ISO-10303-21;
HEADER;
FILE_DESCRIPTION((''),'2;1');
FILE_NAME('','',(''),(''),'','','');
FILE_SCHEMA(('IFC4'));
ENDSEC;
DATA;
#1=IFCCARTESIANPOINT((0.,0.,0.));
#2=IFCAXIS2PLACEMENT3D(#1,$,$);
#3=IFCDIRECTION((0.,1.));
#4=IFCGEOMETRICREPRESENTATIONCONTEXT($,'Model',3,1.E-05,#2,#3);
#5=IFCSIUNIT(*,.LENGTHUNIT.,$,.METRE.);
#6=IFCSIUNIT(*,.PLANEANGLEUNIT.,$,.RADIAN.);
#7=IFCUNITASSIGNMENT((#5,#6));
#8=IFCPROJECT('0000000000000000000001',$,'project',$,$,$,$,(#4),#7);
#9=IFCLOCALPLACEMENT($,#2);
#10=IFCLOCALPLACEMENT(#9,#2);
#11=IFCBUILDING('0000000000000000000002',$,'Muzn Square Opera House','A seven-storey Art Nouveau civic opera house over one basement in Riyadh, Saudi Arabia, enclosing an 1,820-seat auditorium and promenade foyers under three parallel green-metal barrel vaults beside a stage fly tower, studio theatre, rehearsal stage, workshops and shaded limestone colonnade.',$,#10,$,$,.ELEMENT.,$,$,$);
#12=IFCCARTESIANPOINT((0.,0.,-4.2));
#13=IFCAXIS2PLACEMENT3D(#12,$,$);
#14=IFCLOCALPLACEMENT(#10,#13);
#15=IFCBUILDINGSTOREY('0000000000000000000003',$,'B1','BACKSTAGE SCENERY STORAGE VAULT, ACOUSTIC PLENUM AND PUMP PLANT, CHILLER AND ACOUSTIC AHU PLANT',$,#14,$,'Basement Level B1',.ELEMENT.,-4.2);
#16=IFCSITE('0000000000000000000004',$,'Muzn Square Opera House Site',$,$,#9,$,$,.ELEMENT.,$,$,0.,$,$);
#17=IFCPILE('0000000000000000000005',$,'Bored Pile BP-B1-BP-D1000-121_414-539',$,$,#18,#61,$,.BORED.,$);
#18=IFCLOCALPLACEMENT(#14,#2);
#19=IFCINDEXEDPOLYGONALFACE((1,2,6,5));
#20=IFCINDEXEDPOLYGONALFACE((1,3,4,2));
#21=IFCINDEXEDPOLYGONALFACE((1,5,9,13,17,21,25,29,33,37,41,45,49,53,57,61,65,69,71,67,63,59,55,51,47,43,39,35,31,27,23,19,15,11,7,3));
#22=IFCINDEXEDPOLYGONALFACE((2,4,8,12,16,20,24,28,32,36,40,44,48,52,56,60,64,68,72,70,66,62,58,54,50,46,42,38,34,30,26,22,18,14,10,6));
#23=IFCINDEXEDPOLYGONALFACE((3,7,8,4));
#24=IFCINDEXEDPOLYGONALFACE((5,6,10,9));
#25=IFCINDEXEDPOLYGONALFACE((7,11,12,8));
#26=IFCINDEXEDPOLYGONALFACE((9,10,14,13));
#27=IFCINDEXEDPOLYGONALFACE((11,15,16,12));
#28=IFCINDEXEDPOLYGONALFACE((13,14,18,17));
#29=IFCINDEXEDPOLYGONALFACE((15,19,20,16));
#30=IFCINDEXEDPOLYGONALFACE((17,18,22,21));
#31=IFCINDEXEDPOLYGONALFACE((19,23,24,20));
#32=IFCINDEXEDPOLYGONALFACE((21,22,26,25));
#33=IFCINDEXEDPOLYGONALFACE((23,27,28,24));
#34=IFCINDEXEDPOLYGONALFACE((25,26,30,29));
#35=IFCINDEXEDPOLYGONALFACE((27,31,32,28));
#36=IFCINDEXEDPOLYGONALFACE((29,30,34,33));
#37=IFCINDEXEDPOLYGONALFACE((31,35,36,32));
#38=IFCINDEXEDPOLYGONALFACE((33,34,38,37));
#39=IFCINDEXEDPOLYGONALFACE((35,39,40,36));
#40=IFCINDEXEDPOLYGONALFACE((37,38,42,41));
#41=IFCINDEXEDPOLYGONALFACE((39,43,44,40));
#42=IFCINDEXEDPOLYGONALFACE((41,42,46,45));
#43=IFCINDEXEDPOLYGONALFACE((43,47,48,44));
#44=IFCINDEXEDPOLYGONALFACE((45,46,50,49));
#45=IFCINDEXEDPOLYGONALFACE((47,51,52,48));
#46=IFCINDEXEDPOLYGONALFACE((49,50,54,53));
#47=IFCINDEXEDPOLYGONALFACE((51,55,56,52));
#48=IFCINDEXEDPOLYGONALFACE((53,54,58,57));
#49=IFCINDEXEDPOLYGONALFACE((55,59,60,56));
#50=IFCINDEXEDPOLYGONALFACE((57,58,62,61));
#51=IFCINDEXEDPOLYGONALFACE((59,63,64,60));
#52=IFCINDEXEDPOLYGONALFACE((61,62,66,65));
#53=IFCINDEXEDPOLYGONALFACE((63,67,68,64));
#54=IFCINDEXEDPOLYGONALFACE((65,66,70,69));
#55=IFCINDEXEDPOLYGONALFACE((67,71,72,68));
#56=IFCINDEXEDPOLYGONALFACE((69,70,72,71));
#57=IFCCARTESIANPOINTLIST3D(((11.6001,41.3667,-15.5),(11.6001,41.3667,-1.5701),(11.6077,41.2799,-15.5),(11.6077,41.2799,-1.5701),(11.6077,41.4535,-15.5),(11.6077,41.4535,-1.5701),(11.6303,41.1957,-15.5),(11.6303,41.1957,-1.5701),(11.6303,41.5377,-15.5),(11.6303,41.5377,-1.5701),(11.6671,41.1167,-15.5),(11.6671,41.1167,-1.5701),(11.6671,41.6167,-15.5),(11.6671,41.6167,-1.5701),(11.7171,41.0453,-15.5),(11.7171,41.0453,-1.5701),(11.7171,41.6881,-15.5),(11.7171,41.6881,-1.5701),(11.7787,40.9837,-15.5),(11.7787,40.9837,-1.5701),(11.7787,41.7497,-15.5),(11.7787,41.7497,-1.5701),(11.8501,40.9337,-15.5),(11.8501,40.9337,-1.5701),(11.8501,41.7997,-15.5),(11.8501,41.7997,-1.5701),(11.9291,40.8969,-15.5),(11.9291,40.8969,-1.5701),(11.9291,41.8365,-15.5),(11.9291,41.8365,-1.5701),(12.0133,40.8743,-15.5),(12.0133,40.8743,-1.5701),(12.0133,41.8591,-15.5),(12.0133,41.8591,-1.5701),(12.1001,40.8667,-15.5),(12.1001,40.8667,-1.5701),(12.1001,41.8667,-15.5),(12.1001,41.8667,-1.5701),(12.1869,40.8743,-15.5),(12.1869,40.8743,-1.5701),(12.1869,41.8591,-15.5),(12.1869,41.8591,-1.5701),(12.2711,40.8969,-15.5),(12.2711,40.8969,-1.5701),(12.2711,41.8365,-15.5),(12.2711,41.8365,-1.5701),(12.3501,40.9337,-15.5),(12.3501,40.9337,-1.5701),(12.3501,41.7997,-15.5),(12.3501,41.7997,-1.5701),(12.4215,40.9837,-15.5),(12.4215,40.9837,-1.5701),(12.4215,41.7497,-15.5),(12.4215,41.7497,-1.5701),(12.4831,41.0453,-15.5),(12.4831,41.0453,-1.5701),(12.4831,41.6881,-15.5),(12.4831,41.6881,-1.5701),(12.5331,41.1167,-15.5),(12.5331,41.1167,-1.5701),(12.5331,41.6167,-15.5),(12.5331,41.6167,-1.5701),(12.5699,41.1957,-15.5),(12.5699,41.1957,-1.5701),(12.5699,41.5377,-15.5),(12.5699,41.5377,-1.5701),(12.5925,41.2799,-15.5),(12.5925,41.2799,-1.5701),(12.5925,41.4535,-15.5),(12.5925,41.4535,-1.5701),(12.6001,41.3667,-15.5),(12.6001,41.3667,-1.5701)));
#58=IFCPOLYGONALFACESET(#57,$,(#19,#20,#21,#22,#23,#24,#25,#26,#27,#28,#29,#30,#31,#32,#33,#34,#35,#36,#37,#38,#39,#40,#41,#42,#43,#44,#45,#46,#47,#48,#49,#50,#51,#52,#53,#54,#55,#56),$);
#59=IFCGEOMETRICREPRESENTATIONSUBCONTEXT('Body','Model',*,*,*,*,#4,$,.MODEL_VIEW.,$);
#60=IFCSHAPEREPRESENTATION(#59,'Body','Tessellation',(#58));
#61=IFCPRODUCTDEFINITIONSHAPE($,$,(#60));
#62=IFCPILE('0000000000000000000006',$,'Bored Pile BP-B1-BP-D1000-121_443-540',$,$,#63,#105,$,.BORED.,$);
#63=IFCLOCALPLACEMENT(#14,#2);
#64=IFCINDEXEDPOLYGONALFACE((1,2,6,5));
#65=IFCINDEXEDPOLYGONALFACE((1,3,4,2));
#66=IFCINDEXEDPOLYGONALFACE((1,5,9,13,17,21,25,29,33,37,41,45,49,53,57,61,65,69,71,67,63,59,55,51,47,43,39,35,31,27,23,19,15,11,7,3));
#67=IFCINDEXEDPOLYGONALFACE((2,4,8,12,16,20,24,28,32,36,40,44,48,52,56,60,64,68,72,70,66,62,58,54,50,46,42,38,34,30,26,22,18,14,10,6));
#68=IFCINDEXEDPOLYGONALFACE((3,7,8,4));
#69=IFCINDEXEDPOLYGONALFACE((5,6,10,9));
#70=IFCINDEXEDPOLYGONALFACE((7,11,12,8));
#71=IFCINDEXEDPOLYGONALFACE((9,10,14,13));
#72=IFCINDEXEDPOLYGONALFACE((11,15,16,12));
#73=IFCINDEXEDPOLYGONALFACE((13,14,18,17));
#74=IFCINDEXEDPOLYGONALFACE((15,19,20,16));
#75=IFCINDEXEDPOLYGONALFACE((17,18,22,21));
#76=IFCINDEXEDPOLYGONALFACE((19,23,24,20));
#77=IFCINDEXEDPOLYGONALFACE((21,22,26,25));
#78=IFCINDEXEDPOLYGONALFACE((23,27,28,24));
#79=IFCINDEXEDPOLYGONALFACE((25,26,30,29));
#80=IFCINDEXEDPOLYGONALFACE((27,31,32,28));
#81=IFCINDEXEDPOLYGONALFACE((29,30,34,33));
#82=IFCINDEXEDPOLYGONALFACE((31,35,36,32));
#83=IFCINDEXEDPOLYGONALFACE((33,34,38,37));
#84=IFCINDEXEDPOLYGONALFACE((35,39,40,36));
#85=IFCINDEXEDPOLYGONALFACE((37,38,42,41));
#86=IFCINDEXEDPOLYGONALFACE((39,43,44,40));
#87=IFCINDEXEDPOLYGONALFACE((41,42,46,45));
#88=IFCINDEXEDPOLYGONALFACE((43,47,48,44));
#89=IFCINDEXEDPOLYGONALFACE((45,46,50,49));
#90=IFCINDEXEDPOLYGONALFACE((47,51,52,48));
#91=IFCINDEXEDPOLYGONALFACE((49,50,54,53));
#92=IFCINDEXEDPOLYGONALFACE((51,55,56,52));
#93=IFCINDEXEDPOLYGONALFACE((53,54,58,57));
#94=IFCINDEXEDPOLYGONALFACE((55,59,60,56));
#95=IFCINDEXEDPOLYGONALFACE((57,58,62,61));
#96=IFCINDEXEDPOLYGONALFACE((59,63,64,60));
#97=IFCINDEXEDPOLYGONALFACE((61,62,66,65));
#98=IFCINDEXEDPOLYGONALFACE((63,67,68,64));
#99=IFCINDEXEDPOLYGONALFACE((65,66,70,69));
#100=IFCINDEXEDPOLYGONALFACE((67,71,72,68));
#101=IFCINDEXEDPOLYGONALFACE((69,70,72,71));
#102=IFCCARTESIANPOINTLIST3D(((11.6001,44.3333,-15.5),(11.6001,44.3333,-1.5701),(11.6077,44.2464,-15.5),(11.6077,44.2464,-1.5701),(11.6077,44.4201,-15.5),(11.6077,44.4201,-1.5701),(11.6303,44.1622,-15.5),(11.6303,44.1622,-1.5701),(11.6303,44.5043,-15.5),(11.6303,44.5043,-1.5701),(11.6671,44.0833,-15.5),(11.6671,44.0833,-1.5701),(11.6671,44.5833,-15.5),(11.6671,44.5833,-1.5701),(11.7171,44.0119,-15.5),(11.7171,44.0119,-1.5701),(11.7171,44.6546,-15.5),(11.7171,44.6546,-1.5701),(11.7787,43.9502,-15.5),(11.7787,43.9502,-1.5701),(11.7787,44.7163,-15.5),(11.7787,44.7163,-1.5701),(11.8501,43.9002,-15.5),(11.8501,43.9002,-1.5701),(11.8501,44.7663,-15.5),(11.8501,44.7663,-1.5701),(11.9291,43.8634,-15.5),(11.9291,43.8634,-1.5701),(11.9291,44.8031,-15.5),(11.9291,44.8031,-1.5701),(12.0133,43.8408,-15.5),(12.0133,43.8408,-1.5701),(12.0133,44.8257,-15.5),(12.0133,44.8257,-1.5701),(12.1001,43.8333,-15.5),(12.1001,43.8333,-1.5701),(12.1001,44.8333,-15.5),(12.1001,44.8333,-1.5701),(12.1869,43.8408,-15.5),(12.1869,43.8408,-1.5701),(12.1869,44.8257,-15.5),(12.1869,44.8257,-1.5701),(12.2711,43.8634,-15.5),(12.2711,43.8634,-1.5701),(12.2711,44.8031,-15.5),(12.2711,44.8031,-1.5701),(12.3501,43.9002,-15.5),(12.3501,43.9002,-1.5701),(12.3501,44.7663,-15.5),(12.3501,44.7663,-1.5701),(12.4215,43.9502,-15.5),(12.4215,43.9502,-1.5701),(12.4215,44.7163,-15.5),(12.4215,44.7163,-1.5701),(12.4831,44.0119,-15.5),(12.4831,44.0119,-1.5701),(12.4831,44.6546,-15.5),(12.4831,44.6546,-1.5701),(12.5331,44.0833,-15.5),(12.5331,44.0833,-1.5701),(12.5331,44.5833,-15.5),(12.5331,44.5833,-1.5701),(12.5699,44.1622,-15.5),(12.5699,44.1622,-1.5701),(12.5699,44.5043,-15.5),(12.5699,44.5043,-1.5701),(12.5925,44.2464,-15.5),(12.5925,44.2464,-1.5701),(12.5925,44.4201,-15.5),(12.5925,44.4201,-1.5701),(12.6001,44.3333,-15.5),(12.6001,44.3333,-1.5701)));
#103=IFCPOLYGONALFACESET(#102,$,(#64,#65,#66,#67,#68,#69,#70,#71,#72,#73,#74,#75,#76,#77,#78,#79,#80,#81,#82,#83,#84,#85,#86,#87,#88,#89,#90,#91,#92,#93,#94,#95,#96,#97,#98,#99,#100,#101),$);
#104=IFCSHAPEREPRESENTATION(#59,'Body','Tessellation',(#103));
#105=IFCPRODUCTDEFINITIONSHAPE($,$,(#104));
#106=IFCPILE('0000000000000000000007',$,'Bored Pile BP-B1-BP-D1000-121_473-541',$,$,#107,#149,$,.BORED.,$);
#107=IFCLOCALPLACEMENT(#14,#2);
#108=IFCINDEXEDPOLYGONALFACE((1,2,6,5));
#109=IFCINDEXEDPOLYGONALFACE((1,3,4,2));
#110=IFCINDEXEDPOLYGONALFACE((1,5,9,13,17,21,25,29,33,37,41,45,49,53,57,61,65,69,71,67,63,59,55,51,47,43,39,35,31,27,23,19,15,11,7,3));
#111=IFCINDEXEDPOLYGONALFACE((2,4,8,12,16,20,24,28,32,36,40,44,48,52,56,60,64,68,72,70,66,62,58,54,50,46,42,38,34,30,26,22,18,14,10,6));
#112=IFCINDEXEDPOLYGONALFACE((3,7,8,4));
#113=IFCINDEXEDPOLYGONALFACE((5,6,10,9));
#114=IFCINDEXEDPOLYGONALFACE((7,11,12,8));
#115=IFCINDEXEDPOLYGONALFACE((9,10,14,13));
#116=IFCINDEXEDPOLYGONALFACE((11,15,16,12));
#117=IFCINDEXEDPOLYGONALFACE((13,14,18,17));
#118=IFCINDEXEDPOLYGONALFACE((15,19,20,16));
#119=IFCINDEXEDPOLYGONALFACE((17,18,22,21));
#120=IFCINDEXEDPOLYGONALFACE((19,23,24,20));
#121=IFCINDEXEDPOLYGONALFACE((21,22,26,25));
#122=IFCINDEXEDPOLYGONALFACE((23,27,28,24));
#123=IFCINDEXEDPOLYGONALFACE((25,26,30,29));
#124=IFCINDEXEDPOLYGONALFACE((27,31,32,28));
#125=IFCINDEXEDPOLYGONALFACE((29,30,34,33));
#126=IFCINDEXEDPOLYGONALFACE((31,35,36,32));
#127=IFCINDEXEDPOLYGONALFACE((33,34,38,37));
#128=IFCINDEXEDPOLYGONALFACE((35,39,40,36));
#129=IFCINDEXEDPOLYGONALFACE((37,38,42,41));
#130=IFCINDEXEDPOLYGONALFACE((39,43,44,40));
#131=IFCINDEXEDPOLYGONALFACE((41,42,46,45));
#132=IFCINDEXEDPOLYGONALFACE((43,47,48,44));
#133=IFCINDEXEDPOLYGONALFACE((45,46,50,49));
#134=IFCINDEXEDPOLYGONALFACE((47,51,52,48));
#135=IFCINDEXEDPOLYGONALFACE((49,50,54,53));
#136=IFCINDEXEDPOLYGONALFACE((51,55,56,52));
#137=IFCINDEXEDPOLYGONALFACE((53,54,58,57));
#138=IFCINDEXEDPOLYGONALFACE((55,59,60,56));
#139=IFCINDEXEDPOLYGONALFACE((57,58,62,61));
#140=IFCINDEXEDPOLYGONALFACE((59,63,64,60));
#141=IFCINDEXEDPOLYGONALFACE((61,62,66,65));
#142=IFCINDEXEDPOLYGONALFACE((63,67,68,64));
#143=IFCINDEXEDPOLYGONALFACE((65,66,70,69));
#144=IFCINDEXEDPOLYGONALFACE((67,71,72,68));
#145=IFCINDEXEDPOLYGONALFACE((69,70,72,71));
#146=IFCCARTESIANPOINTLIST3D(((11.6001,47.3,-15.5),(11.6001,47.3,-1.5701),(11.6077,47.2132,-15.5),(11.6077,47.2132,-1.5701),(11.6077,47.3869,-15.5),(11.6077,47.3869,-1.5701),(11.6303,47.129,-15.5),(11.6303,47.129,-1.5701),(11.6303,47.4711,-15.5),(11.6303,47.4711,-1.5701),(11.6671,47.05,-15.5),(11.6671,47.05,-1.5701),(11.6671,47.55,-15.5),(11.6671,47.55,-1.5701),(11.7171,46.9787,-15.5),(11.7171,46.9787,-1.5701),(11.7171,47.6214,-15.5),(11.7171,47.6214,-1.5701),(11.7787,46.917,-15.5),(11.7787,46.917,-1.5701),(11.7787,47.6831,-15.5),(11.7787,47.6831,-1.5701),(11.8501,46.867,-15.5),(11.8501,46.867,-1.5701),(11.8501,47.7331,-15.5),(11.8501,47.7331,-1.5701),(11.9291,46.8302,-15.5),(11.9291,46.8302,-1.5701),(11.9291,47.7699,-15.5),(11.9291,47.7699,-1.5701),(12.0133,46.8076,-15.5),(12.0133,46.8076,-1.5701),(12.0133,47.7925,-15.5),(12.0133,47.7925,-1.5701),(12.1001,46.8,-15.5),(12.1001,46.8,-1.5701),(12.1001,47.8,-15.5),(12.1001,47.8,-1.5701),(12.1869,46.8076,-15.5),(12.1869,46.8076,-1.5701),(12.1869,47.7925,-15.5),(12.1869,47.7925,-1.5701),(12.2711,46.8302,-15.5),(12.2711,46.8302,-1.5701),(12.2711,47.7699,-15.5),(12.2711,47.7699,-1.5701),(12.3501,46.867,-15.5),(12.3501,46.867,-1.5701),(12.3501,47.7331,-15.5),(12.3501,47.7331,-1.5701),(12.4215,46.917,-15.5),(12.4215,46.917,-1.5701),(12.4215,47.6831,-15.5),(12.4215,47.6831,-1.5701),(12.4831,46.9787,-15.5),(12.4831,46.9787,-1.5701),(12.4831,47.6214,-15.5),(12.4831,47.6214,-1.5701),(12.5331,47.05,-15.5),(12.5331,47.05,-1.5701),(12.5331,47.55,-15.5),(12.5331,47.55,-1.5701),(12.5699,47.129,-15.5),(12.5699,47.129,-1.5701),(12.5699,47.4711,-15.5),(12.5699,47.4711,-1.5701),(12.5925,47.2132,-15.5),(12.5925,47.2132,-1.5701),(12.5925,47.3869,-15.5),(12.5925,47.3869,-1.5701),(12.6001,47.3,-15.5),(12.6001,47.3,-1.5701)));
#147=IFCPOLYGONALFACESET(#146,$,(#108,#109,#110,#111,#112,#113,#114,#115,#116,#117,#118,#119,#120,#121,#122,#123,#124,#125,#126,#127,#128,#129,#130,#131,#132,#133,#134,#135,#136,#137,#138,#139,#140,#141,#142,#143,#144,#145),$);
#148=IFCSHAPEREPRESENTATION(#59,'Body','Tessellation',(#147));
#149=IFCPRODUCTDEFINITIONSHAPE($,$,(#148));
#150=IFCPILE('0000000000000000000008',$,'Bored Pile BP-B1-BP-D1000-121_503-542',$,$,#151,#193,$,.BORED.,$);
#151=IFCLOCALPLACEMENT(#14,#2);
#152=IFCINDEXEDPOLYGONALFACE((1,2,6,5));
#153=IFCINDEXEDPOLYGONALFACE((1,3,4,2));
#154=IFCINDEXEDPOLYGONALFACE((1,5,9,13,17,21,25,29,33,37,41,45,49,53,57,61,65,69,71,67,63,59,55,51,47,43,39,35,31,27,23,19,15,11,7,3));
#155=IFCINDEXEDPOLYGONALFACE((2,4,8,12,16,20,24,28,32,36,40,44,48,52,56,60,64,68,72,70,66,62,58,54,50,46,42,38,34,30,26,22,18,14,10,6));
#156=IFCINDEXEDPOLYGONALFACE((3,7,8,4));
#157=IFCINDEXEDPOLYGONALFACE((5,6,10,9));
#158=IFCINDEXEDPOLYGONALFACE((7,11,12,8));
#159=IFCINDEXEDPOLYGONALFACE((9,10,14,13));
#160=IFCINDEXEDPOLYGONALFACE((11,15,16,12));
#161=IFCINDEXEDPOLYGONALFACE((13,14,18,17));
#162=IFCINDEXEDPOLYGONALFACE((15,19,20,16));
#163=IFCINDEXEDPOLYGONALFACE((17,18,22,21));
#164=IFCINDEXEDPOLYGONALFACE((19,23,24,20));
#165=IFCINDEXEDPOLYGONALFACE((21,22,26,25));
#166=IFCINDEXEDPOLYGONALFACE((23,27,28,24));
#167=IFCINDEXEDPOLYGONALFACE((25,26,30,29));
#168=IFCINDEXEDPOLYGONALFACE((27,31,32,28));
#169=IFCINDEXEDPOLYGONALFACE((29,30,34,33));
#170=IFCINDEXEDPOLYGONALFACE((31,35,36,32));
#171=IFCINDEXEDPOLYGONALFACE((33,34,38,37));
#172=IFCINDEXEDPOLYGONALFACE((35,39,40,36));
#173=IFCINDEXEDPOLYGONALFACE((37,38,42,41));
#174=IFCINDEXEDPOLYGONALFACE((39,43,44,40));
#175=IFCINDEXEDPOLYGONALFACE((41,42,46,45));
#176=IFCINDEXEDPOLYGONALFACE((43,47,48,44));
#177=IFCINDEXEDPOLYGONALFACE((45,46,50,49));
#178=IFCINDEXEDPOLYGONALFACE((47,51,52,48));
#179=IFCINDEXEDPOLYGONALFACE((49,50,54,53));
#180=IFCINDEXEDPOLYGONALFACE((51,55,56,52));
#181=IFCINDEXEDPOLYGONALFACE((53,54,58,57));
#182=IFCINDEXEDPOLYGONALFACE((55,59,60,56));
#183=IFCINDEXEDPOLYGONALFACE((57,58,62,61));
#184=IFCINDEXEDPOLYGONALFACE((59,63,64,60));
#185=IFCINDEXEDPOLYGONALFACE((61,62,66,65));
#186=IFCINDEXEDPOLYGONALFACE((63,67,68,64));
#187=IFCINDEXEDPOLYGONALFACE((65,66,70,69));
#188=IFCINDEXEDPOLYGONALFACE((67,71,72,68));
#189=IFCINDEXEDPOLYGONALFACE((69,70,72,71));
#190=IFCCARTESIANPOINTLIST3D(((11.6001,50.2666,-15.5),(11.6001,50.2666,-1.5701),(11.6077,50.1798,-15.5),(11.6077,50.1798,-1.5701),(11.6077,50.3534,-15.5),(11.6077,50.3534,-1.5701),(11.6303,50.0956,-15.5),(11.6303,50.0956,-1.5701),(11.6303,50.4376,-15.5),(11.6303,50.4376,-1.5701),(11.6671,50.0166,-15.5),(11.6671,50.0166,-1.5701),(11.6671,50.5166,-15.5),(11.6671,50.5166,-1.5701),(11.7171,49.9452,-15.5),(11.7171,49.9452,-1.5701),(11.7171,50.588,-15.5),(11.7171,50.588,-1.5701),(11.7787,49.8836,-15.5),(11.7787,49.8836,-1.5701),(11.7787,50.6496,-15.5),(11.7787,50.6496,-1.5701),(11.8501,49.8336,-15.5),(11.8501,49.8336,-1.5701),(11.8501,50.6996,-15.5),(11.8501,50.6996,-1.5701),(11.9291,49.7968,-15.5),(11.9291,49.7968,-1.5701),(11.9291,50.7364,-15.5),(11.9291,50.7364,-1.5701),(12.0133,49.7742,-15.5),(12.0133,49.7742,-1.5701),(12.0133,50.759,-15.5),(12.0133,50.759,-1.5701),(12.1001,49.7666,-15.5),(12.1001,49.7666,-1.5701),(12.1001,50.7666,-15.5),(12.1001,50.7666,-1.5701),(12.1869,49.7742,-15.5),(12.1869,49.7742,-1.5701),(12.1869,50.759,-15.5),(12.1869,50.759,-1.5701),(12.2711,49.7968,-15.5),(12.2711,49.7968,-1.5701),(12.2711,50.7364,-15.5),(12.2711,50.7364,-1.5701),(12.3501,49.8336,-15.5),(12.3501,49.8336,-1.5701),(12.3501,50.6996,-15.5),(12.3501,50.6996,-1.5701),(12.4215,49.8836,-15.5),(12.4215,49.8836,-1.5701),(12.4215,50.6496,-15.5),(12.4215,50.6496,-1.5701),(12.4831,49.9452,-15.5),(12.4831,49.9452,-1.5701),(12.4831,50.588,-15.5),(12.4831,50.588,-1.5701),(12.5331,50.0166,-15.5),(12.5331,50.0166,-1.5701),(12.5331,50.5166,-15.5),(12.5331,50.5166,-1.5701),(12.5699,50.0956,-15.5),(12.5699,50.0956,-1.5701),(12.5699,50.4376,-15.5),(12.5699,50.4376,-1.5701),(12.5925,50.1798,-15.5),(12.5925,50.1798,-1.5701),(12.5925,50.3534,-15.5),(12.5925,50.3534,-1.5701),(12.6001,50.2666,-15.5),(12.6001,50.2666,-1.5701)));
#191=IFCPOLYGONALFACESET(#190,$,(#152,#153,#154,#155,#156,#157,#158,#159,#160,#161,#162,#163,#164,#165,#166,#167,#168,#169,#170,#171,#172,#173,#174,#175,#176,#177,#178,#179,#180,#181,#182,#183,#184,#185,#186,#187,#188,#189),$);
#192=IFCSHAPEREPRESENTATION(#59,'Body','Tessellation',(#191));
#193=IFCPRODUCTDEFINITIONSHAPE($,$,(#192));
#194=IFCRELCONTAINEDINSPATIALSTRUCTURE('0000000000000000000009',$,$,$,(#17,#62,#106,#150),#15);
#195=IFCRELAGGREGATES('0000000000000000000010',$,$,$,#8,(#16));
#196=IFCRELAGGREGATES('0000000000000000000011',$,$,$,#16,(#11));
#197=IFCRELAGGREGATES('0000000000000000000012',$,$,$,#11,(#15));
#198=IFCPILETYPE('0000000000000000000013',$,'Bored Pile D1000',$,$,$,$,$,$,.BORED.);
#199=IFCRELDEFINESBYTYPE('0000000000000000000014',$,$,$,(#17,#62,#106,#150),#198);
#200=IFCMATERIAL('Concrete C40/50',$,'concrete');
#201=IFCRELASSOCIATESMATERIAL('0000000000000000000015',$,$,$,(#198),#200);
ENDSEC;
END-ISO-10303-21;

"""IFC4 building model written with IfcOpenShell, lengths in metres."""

from ifc_helpers import new_model, si_unit, direction, frame, origin, origin_2d, place, context, subcontext, project, spatial, circle, extrude, material, material_profile, profile_set, type_object, element, save


model = new_model("IFC4")

# Units and contexts
model_context = context("Model", 3, precision=1e-05, world=origin(), true_north=direction((0.0, 1.0)))
body_context = subcontext(model_context, "Body", "Model", "MODEL_VIEW")
ifc_project = project(units=[si_unit("LENGTHUNIT", "METRE"), si_unit("PLANEANGLEUNIT", "RADIAN")], contexts=[model_context])

# Site, building, storey
site_placement = place(None, origin())
site = spatial("IfcSite", under=ifc_project, at=site_placement, Name="Muzn Square Opera House Site", CompositionType="ELEMENT", RefElevation=0.0)
building_placement = place(site_placement, origin())
building = spatial("IfcBuilding", under=site, at=building_placement, Name="Muzn Square Opera House", Description="A seven-storey Art Nouveau civic opera house over one basement in Riyadh, Saudi Arabia, enclosing an 1,820-seat auditorium and promenade foyers under three parallel green-metal barrel vaults beside a stage fly tower, studio theatre, rehearsal stage, workshops and shaded limestone colonnade.", CompositionType="ELEMENT")
storey_placement = place(building_placement, frame((0.0, 0.0, -4.2)))
storey = spatial("IfcBuildingStorey", under=building, at=storey_placement, Name="B1", Description="BACKSTAGE SCENERY STORAGE VAULT, ACOUSTIC PLENUM AND PUMP PLANT, CHILLER AND ACOUSTIC AHU PLANT", LongName="Basement Level B1", CompositionType="ELEMENT", Elevation=-4.2)

# Piles
ifc_material_1 = material(Name="Concrete C40/50", Category="concrete")
ifc_material_profile_1 = material_profile(ifc_material_1, circle(Radius=0.5, at=origin_2d()), Name="BORED PILE D1000", Category="concrete")
ifc_profile_set_1 = profile_set([ifc_material_profile_1], Name="Concrete C40/50")
pile_type = type_object("IfcPileType", Name="Bored Pile D1000", PredefinedType="BORED", material=ifc_profile_set_1)
for number, where, z_axis, x_axis, name in (
    (1, (12.1001, 41.3667, -1.5701), (0.0, 0.0, -1.0), (1.0, 0.0, 0.0), "Bored Pile BP-B1-BP-D1000-121_414-539"),
    (2, (12.1001, 44.3333, -1.5701), (0.0, 0.0, -1.0), (1.0, 0.0, 0.0), "Bored Pile BP-B1-BP-D1000-121_443-540"),
    (3, (12.1001, 47.3, -1.5701), (0.0, 0.0, -1.0), (1.0, 0.0, 0.0), "Bored Pile BP-B1-BP-D1000-121_473-541"),
    (4, (12.1001, 50.2666, -1.5701), (0.0, 0.0, -1.0), (1.0, 0.0, 0.0), "Bored Pile BP-B1-BP-D1000-121_503-542"),
):
    element("IfcPile", number, at=place(storey_placement, frame(where, z_axis=z_axis, x_axis=x_axis)), inside=storey, type_object=pile_type, Name=name, PredefinedType="BORED", context=body_context, shape_type="SweptSolid", body=[
        extrude(circle(Radius=0.5, at=origin_2d()), origin(), (0.0, 0.0, 1.0), 13.9299),
    ])

save(model, "model.ifc")
